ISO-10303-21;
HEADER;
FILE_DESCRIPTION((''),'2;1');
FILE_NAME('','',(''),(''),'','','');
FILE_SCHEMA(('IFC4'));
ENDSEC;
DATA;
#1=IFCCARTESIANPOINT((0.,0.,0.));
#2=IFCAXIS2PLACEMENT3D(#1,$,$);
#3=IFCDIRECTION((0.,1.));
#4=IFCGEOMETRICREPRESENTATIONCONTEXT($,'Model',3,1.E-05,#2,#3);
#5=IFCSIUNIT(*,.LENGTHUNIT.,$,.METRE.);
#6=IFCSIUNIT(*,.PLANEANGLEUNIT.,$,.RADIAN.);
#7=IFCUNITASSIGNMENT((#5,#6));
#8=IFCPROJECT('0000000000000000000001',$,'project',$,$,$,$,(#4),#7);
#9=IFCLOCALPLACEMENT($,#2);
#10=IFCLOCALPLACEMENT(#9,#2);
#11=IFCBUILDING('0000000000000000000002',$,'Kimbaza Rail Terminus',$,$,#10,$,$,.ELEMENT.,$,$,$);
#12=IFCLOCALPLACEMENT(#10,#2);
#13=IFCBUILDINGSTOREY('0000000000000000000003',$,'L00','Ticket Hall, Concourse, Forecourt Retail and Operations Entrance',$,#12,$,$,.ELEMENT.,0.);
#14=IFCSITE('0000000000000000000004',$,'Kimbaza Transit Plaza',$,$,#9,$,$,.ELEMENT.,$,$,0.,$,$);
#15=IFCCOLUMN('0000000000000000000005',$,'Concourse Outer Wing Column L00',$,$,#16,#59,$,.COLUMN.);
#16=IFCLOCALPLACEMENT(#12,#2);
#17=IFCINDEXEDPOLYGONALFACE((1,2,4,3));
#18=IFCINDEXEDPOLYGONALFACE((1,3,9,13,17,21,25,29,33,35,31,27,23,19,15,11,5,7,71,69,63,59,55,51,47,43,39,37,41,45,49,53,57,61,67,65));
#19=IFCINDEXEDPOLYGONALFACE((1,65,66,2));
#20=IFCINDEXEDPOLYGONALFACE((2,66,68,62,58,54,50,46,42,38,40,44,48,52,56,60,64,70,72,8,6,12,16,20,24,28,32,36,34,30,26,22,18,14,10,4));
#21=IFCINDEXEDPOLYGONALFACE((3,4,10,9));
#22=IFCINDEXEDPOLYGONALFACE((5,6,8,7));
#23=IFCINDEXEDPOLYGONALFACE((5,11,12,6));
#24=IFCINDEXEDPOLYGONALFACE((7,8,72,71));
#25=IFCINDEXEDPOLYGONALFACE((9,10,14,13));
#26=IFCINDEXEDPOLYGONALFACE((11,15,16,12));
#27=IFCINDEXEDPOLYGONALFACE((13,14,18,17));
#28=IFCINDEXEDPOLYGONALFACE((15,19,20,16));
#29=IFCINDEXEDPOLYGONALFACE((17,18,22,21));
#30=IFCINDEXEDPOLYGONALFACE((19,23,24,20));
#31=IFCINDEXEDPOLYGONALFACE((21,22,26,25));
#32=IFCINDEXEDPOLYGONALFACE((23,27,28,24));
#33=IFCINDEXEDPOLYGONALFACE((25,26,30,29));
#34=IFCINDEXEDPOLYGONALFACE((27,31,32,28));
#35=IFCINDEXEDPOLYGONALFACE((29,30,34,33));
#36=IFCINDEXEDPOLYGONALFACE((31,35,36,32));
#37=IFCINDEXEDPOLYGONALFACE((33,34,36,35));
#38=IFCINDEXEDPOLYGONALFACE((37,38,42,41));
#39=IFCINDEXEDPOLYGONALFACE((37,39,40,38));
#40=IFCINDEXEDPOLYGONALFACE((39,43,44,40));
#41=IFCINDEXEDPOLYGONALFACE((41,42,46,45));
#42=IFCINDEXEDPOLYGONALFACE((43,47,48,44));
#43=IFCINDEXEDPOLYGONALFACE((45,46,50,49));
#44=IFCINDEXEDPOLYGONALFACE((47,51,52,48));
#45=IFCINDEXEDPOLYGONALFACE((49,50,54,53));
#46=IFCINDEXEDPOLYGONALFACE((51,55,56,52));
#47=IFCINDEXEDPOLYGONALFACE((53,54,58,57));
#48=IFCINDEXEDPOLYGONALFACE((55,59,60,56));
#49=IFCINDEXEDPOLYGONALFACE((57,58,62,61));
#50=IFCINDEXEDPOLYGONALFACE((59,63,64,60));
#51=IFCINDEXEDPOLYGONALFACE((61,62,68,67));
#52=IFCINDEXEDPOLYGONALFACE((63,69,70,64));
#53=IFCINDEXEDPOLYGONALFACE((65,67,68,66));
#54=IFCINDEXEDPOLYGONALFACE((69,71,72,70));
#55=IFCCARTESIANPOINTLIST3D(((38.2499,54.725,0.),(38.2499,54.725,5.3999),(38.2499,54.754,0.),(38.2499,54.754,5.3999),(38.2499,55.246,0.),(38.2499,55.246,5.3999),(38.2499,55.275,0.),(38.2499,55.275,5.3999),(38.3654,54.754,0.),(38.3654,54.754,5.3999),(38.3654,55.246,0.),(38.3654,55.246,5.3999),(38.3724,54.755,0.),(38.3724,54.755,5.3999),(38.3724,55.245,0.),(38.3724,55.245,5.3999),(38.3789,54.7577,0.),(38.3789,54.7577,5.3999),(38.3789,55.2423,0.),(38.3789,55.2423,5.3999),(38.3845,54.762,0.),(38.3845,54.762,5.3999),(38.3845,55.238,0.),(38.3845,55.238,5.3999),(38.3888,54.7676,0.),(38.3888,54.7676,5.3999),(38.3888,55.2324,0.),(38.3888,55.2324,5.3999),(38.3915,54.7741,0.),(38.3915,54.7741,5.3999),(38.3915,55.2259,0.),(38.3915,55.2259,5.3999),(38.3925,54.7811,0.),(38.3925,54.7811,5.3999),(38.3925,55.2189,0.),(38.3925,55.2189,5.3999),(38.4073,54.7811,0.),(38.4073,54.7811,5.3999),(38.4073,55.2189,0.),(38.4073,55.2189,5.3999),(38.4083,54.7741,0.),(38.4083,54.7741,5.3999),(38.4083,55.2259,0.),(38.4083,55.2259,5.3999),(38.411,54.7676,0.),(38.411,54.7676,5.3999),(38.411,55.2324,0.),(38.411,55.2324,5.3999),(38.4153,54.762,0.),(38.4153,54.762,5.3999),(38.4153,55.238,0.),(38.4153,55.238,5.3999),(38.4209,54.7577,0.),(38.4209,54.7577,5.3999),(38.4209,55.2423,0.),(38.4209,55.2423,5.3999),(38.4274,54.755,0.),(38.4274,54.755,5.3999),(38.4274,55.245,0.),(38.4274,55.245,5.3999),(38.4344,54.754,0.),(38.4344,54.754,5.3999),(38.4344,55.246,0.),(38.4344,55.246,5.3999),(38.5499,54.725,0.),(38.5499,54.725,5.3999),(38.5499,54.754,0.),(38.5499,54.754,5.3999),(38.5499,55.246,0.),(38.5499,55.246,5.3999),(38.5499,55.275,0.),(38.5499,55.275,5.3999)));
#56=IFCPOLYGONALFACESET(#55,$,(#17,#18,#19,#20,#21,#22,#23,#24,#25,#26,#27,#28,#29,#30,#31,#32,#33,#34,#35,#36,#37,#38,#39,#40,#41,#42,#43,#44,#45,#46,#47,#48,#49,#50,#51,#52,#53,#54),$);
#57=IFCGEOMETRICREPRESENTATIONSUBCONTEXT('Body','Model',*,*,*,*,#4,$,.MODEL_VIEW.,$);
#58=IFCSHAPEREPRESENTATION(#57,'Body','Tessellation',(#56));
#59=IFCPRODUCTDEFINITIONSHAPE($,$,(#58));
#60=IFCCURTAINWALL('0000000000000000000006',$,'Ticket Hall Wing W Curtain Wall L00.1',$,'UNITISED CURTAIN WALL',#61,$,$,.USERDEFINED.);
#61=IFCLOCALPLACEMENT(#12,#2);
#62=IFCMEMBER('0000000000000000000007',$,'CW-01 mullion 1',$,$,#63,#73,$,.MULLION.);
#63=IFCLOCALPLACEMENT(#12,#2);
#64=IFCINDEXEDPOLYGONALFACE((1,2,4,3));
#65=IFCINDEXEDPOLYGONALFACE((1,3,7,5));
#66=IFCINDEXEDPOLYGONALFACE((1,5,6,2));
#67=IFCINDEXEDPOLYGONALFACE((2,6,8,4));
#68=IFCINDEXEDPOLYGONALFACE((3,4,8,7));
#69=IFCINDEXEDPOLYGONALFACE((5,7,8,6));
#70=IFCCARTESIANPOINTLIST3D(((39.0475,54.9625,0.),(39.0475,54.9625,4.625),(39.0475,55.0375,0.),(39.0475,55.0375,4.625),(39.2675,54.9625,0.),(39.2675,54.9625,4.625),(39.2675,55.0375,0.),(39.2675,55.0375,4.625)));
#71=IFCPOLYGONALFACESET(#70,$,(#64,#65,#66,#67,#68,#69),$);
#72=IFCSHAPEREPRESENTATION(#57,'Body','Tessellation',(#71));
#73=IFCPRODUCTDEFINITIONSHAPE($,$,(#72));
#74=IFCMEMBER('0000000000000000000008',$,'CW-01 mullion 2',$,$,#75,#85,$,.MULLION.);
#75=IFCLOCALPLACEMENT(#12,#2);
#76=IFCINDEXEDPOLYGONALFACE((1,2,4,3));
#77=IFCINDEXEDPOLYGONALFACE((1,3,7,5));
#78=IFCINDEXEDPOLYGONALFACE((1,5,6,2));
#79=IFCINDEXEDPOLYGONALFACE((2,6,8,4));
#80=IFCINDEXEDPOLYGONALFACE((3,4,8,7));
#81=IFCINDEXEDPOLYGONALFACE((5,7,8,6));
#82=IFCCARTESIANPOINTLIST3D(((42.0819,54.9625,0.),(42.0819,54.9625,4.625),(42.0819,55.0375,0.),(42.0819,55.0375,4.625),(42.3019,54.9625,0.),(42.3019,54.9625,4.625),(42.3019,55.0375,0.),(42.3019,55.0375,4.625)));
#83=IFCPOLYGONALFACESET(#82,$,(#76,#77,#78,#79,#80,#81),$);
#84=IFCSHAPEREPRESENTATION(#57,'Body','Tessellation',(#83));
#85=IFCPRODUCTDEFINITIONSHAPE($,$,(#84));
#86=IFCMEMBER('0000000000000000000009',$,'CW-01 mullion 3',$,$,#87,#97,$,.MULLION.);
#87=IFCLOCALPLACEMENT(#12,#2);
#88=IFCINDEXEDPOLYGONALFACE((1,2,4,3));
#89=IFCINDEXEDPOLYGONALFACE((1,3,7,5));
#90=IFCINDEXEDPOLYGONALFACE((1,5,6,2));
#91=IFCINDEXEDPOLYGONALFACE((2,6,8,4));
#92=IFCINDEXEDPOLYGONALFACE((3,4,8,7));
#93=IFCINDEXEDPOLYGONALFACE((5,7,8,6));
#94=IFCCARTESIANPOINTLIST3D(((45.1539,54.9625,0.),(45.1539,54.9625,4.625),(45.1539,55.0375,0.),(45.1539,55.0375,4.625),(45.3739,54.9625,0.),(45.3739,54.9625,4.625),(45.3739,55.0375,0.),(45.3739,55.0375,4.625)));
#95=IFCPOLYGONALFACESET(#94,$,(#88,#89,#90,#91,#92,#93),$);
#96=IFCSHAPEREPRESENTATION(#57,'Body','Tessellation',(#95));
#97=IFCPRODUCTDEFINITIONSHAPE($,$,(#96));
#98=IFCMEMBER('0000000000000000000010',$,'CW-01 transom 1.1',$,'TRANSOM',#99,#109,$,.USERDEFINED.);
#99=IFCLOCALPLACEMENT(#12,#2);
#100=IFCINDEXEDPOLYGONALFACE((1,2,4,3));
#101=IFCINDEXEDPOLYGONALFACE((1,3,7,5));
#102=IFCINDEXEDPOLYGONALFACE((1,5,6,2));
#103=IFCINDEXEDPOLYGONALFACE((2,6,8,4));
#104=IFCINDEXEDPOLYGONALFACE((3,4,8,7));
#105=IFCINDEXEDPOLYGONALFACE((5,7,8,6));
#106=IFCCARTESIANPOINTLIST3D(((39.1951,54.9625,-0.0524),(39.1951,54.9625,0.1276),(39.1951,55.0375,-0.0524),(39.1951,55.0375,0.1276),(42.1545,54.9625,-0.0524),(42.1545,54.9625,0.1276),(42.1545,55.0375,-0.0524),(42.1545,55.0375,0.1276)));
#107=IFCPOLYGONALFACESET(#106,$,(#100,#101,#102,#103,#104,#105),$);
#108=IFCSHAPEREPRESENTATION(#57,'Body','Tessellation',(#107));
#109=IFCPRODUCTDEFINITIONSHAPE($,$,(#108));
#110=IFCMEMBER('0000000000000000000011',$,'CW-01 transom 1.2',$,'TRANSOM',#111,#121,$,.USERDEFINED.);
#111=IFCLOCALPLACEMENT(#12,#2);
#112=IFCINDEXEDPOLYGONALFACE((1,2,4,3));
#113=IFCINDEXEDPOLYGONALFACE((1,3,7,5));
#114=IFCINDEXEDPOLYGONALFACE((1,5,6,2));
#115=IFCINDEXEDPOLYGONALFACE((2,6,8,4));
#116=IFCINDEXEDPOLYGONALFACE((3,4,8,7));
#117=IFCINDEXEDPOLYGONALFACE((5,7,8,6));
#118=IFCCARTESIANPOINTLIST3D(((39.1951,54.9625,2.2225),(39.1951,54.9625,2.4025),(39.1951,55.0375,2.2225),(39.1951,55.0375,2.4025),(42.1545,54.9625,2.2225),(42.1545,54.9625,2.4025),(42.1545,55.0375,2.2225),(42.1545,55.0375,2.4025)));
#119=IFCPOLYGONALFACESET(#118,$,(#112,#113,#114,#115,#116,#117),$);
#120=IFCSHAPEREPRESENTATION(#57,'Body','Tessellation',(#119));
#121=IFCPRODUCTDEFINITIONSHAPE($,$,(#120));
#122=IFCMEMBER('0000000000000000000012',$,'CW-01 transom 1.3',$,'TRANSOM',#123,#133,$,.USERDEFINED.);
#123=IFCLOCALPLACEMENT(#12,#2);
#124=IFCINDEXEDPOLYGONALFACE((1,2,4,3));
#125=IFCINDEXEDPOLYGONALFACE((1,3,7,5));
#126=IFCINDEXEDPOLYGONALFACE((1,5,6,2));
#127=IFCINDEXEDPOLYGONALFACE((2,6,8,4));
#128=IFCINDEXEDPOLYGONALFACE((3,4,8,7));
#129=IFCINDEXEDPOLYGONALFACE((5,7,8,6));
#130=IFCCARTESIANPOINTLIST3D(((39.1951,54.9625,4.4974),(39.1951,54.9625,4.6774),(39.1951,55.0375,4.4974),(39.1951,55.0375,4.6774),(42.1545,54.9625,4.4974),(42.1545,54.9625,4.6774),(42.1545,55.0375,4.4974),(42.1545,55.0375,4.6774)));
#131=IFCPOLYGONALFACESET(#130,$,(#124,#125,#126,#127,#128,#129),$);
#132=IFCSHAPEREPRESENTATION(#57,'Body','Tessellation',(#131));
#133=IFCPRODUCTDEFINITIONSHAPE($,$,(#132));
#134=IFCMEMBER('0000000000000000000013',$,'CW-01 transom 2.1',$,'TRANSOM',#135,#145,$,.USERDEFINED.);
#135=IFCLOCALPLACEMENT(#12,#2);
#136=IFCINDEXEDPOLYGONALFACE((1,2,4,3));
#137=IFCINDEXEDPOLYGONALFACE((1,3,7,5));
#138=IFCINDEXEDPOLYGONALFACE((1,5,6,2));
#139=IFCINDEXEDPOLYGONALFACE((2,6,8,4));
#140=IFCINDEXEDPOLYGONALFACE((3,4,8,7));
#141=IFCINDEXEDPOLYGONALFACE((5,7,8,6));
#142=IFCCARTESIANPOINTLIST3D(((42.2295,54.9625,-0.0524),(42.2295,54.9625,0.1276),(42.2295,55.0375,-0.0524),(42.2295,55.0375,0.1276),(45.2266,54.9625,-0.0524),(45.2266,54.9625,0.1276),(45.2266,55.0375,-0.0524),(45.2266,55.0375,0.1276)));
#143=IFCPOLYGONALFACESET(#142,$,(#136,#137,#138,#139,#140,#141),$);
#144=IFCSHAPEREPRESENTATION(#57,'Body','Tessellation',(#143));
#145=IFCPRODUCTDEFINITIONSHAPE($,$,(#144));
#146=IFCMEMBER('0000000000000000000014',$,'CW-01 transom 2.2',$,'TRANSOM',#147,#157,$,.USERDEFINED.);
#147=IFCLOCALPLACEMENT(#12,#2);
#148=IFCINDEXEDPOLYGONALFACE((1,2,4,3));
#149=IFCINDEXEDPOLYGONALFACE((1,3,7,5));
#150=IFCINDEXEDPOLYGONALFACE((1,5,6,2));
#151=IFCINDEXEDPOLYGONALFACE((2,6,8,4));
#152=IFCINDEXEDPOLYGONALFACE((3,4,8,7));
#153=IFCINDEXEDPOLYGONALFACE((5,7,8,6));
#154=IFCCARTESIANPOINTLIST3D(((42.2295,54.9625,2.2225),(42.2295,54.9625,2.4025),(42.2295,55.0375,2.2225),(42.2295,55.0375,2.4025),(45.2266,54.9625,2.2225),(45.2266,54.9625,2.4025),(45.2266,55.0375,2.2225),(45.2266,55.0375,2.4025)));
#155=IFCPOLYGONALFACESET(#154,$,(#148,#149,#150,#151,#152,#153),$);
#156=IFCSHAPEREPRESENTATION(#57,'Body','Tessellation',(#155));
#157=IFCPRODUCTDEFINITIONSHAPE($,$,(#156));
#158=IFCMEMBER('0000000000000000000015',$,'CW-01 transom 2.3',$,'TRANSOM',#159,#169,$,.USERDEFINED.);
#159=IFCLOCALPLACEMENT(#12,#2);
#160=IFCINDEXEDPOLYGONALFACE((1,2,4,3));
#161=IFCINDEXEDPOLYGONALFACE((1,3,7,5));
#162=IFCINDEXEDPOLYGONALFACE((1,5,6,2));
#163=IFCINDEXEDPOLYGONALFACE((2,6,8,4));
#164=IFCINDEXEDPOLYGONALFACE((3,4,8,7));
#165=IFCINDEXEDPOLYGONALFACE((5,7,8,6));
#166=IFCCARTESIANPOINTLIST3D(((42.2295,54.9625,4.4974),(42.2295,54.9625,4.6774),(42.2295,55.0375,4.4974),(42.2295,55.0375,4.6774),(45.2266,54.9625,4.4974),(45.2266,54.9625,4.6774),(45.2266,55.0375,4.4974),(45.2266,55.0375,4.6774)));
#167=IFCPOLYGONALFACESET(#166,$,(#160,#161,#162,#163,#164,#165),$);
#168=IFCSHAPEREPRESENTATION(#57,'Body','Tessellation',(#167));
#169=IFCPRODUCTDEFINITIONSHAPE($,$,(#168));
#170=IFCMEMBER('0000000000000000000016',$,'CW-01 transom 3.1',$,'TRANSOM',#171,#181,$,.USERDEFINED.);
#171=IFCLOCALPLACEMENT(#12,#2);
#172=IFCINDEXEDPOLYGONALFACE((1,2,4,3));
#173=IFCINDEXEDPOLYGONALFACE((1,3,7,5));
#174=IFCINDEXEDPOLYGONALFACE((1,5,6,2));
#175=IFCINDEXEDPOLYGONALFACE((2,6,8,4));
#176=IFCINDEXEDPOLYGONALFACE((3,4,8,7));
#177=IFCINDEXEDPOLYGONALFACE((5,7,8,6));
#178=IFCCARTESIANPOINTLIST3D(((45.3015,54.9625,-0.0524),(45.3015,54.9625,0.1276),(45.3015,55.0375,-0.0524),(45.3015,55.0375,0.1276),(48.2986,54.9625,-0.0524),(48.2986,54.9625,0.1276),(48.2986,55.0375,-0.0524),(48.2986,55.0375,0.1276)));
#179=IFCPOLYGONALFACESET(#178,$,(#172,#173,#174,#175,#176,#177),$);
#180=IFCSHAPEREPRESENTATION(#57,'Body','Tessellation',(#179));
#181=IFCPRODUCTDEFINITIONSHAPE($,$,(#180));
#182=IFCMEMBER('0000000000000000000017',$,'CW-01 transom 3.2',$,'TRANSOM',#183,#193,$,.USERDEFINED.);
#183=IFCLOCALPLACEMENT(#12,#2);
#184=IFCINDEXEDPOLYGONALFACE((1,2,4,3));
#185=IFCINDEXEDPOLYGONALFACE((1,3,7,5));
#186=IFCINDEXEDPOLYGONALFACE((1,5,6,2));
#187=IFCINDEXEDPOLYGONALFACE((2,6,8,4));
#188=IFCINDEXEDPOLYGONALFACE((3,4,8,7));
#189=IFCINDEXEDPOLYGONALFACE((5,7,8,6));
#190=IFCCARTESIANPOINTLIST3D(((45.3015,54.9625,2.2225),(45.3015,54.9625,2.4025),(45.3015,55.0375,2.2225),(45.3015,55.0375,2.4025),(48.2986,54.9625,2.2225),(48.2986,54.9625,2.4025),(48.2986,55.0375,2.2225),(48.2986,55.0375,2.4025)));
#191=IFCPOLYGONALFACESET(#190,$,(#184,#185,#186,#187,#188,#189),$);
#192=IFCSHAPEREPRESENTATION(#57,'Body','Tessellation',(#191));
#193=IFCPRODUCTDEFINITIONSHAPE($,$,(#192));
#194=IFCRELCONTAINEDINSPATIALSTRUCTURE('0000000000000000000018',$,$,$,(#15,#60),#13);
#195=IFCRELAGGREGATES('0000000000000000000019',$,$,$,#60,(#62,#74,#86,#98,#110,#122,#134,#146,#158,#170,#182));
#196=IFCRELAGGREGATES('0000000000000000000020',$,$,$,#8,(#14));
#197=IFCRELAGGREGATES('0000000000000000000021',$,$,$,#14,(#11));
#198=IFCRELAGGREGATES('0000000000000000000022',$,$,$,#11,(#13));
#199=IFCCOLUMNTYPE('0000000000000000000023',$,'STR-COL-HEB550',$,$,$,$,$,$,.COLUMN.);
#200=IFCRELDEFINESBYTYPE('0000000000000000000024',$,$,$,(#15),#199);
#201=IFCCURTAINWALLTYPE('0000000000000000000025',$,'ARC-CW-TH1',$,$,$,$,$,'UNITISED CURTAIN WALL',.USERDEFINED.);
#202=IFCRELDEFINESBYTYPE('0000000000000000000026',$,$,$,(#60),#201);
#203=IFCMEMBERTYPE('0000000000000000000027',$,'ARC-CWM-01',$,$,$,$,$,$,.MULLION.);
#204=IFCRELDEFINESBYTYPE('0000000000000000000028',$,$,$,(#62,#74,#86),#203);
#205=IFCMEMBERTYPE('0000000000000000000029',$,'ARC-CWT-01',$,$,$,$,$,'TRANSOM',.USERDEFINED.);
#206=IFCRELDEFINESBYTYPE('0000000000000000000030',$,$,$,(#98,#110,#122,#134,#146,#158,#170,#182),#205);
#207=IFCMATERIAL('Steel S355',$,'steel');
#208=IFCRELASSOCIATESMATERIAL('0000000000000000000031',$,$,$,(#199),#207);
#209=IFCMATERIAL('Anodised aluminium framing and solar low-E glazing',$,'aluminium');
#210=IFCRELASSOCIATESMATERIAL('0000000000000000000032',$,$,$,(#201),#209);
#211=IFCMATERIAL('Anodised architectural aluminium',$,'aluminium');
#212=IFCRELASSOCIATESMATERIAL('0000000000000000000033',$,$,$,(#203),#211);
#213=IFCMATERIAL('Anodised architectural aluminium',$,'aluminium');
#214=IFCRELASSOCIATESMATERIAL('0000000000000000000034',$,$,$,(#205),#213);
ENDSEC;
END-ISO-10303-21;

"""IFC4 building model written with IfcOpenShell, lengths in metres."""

from ifc_helpers import new_model, si_unit, direction, frame, origin, origin_2d, place, context, subcontext, project, spatial, rectangle, i_section, extrude, material, material_profile, profile_set, type_object, element, aggregate, save


model = new_model("IFC4")

# Units and contexts
model_context = context("Model", 3, precision=1e-05, world=origin(), true_north=direction((0.0, 1.0)))
body_context = subcontext(model_context, "Body", "Model", "MODEL_VIEW")
ifc_project = project(units=[si_unit("LENGTHUNIT", "METRE"), si_unit("PLANEANGLEUNIT", "RADIAN")], contexts=[model_context])

# Site, building, storey
site_placement = place(None, origin())
site = spatial("IfcSite", under=ifc_project, at=site_placement, Name="Kimbaza Transit Plaza", CompositionType="ELEMENT", RefElevation=0.0)
building_placement = place(site_placement, origin())
building = spatial("IfcBuilding", under=site, at=building_placement, Name="Kimbaza Rail Terminus", CompositionType="ELEMENT")
storey_placement = place(building_placement, origin())
storey = spatial("IfcBuildingStorey", under=building, at=storey_placement, Name="L00", Description="Ticket Hall, Concourse, Forecourt Retail and Operations Entrance", CompositionType="ELEMENT", Elevation=0.0)

# Column
ifc_material_1 = material(Name="Steel S355", Category="steel")
ifc_material_profile_1 = material_profile(ifc_material_1, i_section(OverallWidth=0.3, OverallDepth=0.55, WebThickness=0.0149, FlangeThickness=0.0291, FilletRadius=0.0271, at=origin_2d()), Name="HEB 550")
ifc_profile_set_1 = profile_set([ifc_material_profile_1], Name="Steel S355")
column_type_1 = type_object("IfcColumnType", Name="STR-COL-HEB550", PredefinedType="COLUMN", material=ifc_profile_set_1)
column_1_placement = place(storey_placement, frame((38.3999, 55.0, 0.0), z_axis=(0.0, 0.0, 1.0), x_axis=(1.0, 0.0, 0.0)))
element("IfcColumn", 1, at=column_1_placement, inside=storey, type_object=column_type_1, Name="Concourse Outer Wing Column L00", PredefinedType="COLUMN", context=body_context, shape_type="SweptSolid", body=[
    extrude(i_section(OverallWidth=0.3, OverallDepth=0.55, WebThickness=0.0149, FlangeThickness=0.0291, FilletRadius=0.0271, at=origin_2d()), origin(), (0.0, 0.0, 1.0), 5.3999),
])

# Curtain wall, members
ifc_material_2 = material(Name="Anodised aluminium framing and solar low-E glazing", Category="aluminium")
curtain_wall_type = type_object("IfcCurtainWallType", Name="ARC-CW-TH1", ElementType="UNITISED CURTAIN WALL", PredefinedType="USERDEFINED", material=ifc_material_2)
curtain_wall_placement = place(storey_placement, origin())
curtain_wall = element("IfcCurtainWall", 2, at=curtain_wall_placement, inside=storey, type_object=curtain_wall_type, Name="Ticket Hall Wing W Curtain Wall L00.1", ObjectType="UNITISED CURTAIN WALL", PredefinedType="USERDEFINED")
ifc_material_3 = material(Name="Anodised architectural aluminium", Category="aluminium")
ifc_material_profile_2 = material_profile(ifc_material_3, rectangle(XDim=0.075, YDim=0.22, at=origin_2d()), Name="MULLION 75x220")
ifc_profile_set_2 = profile_set([ifc_material_profile_2], Name="Anodised architectural aluminium")
member_type_1 = type_object("IfcMemberType", Name="ARC-CWM-01", PredefinedType="MULLION", material=ifc_profile_set_2)
member_1_placement = place(storey_placement, frame((39.1575, 55.0, 0.0), z_axis=(0.0, 0.0, 1.0), x_axis=(0.0, 1.0, 0.0)))
member_1 = element("IfcMember", 3, at=member_1_placement, type_object=member_type_1, Name="CW-01 mullion 1", PredefinedType="MULLION", context=body_context, shape_type="SweptSolid", body=[
    extrude(rectangle(XDim=0.075, YDim=0.22, at=origin_2d()), origin(), (0.0, 0.0, 1.0), 4.625),
])
member_2_placement = place(storey_placement, frame((42.1919, 55.0, 0.0), z_axis=(0.0, 0.0, 1.0), x_axis=(0.0, 1.0, 0.0)))
member_2 = element("IfcMember", 4, at=member_2_placement, type_object=member_type_1, Name="CW-01 mullion 2", PredefinedType="MULLION", context=body_context, shape_type="SweptSolid", body=[
    extrude(rectangle(XDim=0.075, YDim=0.22, at=origin_2d()), origin(), (0.0, 0.0, 1.0), 4.625),
])
member_3_placement = place(storey_placement, frame((45.2639, 55.0, 0.0), z_axis=(0.0, 0.0, 1.0), x_axis=(0.0, 1.0, 0.0)))
member_3 = element("IfcMember", 5, at=member_3_placement, type_object=member_type_1, Name="CW-01 mullion 3", PredefinedType="MULLION", context=body_context, shape_type="SweptSolid", body=[
    extrude(rectangle(XDim=0.075, YDim=0.22, at=origin_2d()), origin(), (0.0, 0.0, 1.0), 4.625),
])
ifc_material_4 = material(Name="Anodised architectural aluminium", Category="aluminium")
ifc_material_profile_3 = material_profile(ifc_material_4, rectangle(XDim=0.075, YDim=0.1799, at=origin_2d()), Name="TRANSOM 75x180")
ifc_profile_set_3 = profile_set([ifc_material_profile_3], Name="Anodised architectural aluminium")
member_type_2 = type_object("IfcMemberType", Name="ARC-CWT-01", ElementType="TRANSOM", PredefinedType="USERDEFINED", material=ifc_profile_set_3)
member_4_placement = place(storey_placement, frame((39.1951, 55.0, 0.0376), z_axis=(1.0, 0.0, 0.0), x_axis=(0.0, 1.0, 0.0)))
member_4 = element("IfcMember", 6, at=member_4_placement, type_object=member_type_2, Name="CW-01 transom 1.1", ObjectType="TRANSOM", PredefinedType="USERDEFINED", context=body_context, shape_type="SweptSolid", body=[
    extrude(rectangle(XDim=0.075, YDim=0.1799, at=origin_2d()), origin(), (0.0, 0.0, 1.0), 2.9595),
])
member_5_placement = place(storey_placement, frame((39.1951, 55.0, 2.3125), z_axis=(1.0, 0.0, 0.0), x_axis=(0.0, 1.0, 0.0)))
member_5 = element("IfcMember", 7, at=member_5_placement, type_object=member_type_2, Name="CW-01 transom 1.2", ObjectType="TRANSOM", PredefinedType="USERDEFINED", context=body_context, shape_type="SweptSolid", body=[
    extrude(rectangle(XDim=0.075, YDim=0.1799, at=origin_2d()), origin(), (0.0, 0.0, 1.0), 2.9595),
])
member_6_placement = place(storey_placement, frame((39.1951, 55.0, 4.5874), z_axis=(1.0, 0.0, 0.0), x_axis=(0.0, 1.0, 0.0)))
member_6 = element("IfcMember", 8, at=member_6_placement, type_object=member_type_2, Name="CW-01 transom 1.3", ObjectType="TRANSOM", PredefinedType="USERDEFINED", context=body_context, shape_type="SweptSolid", body=[
    extrude(rectangle(XDim=0.075, YDim=0.1799, at=origin_2d()), origin(), (0.0, 0.0, 1.0), 2.9595),
])
member_7_placement = place(storey_placement, frame((42.2295, 55.0, 0.0376), z_axis=(1.0, 0.0, 0.0), x_axis=(0.0, 1.0, 0.0)))
member_7 = element("IfcMember", 9, at=member_7_placement, type_object=member_type_2, Name="CW-01 transom 2.1", ObjectType="TRANSOM", PredefinedType="USERDEFINED", context=body_context, shape_type="SweptSolid", body=[
    extrude(rectangle(XDim=0.075, YDim=0.1799, at=origin_2d()), origin(), (0.0, 0.0, 1.0), 2.9971),
])
member_8_placement = place(storey_placement, frame((42.2295, 55.0, 2.3125), z_axis=(1.0, 0.0, 0.0), x_axis=(0.0, 1.0, 0.0)))
member_8 = element("IfcMember", 10, at=member_8_placement, type_object=member_type_2, Name="CW-01 transom 2.2", ObjectType="TRANSOM", PredefinedType="USERDEFINED", context=body_context, shape_type="SweptSolid", body=[
    extrude(rectangle(XDim=0.075, YDim=0.1799, at=origin_2d()), origin(), (0.0, 0.0, 1.0), 2.9971),
])
member_9_placement = place(storey_placement, frame((42.2295, 55.0, 4.5874), z_axis=(1.0, 0.0, 0.0), x_axis=(0.0, 1.0, 0.0)))
member_9 = element("IfcMember", 11, at=member_9_placement, type_object=member_type_2, Name="CW-01 transom 2.3", ObjectType="TRANSOM", PredefinedType="USERDEFINED", context=body_context, shape_type="SweptSolid", body=[
    extrude(rectangle(XDim=0.075, YDim=0.1799, at=origin_2d()), origin(), (0.0, 0.0, 1.0), 2.9971),
])
member_10_placement = place(storey_placement, frame((45.3015, 55.0, 0.0376), z_axis=(1.0, 0.0, 0.0), x_axis=(0.0, 1.0, 0.0)))
member_10 = element("IfcMember", 12, at=member_10_placement, type_object=member_type_2, Name="CW-01 transom 3.1", ObjectType="TRANSOM", PredefinedType="USERDEFINED", context=body_context, shape_type="SweptSolid", body=[
    extrude(rectangle(XDim=0.075, YDim=0.1799, at=origin_2d()), origin(), (0.0, 0.0, 1.0), 2.9971),
])
member_11_placement = place(storey_placement, frame((45.3015, 55.0, 2.3125), z_axis=(1.0, 0.0, 0.0), x_axis=(0.0, 1.0, 0.0)))
member_11 = element("IfcMember", 13, at=member_11_placement, type_object=member_type_2, Name="CW-01 transom 3.2", ObjectType="TRANSOM", PredefinedType="USERDEFINED", context=body_context, shape_type="SweptSolid", body=[
    extrude(rectangle(XDim=0.075, YDim=0.1799, at=origin_2d()), origin(), (0.0, 0.0, 1.0), 2.9971),
])

aggregate(curtain_wall, [member_1, member_2, member_3, member_4, member_5, member_6, member_7, member_8, member_9, member_10, member_11])

save(model, "model.ifc")
